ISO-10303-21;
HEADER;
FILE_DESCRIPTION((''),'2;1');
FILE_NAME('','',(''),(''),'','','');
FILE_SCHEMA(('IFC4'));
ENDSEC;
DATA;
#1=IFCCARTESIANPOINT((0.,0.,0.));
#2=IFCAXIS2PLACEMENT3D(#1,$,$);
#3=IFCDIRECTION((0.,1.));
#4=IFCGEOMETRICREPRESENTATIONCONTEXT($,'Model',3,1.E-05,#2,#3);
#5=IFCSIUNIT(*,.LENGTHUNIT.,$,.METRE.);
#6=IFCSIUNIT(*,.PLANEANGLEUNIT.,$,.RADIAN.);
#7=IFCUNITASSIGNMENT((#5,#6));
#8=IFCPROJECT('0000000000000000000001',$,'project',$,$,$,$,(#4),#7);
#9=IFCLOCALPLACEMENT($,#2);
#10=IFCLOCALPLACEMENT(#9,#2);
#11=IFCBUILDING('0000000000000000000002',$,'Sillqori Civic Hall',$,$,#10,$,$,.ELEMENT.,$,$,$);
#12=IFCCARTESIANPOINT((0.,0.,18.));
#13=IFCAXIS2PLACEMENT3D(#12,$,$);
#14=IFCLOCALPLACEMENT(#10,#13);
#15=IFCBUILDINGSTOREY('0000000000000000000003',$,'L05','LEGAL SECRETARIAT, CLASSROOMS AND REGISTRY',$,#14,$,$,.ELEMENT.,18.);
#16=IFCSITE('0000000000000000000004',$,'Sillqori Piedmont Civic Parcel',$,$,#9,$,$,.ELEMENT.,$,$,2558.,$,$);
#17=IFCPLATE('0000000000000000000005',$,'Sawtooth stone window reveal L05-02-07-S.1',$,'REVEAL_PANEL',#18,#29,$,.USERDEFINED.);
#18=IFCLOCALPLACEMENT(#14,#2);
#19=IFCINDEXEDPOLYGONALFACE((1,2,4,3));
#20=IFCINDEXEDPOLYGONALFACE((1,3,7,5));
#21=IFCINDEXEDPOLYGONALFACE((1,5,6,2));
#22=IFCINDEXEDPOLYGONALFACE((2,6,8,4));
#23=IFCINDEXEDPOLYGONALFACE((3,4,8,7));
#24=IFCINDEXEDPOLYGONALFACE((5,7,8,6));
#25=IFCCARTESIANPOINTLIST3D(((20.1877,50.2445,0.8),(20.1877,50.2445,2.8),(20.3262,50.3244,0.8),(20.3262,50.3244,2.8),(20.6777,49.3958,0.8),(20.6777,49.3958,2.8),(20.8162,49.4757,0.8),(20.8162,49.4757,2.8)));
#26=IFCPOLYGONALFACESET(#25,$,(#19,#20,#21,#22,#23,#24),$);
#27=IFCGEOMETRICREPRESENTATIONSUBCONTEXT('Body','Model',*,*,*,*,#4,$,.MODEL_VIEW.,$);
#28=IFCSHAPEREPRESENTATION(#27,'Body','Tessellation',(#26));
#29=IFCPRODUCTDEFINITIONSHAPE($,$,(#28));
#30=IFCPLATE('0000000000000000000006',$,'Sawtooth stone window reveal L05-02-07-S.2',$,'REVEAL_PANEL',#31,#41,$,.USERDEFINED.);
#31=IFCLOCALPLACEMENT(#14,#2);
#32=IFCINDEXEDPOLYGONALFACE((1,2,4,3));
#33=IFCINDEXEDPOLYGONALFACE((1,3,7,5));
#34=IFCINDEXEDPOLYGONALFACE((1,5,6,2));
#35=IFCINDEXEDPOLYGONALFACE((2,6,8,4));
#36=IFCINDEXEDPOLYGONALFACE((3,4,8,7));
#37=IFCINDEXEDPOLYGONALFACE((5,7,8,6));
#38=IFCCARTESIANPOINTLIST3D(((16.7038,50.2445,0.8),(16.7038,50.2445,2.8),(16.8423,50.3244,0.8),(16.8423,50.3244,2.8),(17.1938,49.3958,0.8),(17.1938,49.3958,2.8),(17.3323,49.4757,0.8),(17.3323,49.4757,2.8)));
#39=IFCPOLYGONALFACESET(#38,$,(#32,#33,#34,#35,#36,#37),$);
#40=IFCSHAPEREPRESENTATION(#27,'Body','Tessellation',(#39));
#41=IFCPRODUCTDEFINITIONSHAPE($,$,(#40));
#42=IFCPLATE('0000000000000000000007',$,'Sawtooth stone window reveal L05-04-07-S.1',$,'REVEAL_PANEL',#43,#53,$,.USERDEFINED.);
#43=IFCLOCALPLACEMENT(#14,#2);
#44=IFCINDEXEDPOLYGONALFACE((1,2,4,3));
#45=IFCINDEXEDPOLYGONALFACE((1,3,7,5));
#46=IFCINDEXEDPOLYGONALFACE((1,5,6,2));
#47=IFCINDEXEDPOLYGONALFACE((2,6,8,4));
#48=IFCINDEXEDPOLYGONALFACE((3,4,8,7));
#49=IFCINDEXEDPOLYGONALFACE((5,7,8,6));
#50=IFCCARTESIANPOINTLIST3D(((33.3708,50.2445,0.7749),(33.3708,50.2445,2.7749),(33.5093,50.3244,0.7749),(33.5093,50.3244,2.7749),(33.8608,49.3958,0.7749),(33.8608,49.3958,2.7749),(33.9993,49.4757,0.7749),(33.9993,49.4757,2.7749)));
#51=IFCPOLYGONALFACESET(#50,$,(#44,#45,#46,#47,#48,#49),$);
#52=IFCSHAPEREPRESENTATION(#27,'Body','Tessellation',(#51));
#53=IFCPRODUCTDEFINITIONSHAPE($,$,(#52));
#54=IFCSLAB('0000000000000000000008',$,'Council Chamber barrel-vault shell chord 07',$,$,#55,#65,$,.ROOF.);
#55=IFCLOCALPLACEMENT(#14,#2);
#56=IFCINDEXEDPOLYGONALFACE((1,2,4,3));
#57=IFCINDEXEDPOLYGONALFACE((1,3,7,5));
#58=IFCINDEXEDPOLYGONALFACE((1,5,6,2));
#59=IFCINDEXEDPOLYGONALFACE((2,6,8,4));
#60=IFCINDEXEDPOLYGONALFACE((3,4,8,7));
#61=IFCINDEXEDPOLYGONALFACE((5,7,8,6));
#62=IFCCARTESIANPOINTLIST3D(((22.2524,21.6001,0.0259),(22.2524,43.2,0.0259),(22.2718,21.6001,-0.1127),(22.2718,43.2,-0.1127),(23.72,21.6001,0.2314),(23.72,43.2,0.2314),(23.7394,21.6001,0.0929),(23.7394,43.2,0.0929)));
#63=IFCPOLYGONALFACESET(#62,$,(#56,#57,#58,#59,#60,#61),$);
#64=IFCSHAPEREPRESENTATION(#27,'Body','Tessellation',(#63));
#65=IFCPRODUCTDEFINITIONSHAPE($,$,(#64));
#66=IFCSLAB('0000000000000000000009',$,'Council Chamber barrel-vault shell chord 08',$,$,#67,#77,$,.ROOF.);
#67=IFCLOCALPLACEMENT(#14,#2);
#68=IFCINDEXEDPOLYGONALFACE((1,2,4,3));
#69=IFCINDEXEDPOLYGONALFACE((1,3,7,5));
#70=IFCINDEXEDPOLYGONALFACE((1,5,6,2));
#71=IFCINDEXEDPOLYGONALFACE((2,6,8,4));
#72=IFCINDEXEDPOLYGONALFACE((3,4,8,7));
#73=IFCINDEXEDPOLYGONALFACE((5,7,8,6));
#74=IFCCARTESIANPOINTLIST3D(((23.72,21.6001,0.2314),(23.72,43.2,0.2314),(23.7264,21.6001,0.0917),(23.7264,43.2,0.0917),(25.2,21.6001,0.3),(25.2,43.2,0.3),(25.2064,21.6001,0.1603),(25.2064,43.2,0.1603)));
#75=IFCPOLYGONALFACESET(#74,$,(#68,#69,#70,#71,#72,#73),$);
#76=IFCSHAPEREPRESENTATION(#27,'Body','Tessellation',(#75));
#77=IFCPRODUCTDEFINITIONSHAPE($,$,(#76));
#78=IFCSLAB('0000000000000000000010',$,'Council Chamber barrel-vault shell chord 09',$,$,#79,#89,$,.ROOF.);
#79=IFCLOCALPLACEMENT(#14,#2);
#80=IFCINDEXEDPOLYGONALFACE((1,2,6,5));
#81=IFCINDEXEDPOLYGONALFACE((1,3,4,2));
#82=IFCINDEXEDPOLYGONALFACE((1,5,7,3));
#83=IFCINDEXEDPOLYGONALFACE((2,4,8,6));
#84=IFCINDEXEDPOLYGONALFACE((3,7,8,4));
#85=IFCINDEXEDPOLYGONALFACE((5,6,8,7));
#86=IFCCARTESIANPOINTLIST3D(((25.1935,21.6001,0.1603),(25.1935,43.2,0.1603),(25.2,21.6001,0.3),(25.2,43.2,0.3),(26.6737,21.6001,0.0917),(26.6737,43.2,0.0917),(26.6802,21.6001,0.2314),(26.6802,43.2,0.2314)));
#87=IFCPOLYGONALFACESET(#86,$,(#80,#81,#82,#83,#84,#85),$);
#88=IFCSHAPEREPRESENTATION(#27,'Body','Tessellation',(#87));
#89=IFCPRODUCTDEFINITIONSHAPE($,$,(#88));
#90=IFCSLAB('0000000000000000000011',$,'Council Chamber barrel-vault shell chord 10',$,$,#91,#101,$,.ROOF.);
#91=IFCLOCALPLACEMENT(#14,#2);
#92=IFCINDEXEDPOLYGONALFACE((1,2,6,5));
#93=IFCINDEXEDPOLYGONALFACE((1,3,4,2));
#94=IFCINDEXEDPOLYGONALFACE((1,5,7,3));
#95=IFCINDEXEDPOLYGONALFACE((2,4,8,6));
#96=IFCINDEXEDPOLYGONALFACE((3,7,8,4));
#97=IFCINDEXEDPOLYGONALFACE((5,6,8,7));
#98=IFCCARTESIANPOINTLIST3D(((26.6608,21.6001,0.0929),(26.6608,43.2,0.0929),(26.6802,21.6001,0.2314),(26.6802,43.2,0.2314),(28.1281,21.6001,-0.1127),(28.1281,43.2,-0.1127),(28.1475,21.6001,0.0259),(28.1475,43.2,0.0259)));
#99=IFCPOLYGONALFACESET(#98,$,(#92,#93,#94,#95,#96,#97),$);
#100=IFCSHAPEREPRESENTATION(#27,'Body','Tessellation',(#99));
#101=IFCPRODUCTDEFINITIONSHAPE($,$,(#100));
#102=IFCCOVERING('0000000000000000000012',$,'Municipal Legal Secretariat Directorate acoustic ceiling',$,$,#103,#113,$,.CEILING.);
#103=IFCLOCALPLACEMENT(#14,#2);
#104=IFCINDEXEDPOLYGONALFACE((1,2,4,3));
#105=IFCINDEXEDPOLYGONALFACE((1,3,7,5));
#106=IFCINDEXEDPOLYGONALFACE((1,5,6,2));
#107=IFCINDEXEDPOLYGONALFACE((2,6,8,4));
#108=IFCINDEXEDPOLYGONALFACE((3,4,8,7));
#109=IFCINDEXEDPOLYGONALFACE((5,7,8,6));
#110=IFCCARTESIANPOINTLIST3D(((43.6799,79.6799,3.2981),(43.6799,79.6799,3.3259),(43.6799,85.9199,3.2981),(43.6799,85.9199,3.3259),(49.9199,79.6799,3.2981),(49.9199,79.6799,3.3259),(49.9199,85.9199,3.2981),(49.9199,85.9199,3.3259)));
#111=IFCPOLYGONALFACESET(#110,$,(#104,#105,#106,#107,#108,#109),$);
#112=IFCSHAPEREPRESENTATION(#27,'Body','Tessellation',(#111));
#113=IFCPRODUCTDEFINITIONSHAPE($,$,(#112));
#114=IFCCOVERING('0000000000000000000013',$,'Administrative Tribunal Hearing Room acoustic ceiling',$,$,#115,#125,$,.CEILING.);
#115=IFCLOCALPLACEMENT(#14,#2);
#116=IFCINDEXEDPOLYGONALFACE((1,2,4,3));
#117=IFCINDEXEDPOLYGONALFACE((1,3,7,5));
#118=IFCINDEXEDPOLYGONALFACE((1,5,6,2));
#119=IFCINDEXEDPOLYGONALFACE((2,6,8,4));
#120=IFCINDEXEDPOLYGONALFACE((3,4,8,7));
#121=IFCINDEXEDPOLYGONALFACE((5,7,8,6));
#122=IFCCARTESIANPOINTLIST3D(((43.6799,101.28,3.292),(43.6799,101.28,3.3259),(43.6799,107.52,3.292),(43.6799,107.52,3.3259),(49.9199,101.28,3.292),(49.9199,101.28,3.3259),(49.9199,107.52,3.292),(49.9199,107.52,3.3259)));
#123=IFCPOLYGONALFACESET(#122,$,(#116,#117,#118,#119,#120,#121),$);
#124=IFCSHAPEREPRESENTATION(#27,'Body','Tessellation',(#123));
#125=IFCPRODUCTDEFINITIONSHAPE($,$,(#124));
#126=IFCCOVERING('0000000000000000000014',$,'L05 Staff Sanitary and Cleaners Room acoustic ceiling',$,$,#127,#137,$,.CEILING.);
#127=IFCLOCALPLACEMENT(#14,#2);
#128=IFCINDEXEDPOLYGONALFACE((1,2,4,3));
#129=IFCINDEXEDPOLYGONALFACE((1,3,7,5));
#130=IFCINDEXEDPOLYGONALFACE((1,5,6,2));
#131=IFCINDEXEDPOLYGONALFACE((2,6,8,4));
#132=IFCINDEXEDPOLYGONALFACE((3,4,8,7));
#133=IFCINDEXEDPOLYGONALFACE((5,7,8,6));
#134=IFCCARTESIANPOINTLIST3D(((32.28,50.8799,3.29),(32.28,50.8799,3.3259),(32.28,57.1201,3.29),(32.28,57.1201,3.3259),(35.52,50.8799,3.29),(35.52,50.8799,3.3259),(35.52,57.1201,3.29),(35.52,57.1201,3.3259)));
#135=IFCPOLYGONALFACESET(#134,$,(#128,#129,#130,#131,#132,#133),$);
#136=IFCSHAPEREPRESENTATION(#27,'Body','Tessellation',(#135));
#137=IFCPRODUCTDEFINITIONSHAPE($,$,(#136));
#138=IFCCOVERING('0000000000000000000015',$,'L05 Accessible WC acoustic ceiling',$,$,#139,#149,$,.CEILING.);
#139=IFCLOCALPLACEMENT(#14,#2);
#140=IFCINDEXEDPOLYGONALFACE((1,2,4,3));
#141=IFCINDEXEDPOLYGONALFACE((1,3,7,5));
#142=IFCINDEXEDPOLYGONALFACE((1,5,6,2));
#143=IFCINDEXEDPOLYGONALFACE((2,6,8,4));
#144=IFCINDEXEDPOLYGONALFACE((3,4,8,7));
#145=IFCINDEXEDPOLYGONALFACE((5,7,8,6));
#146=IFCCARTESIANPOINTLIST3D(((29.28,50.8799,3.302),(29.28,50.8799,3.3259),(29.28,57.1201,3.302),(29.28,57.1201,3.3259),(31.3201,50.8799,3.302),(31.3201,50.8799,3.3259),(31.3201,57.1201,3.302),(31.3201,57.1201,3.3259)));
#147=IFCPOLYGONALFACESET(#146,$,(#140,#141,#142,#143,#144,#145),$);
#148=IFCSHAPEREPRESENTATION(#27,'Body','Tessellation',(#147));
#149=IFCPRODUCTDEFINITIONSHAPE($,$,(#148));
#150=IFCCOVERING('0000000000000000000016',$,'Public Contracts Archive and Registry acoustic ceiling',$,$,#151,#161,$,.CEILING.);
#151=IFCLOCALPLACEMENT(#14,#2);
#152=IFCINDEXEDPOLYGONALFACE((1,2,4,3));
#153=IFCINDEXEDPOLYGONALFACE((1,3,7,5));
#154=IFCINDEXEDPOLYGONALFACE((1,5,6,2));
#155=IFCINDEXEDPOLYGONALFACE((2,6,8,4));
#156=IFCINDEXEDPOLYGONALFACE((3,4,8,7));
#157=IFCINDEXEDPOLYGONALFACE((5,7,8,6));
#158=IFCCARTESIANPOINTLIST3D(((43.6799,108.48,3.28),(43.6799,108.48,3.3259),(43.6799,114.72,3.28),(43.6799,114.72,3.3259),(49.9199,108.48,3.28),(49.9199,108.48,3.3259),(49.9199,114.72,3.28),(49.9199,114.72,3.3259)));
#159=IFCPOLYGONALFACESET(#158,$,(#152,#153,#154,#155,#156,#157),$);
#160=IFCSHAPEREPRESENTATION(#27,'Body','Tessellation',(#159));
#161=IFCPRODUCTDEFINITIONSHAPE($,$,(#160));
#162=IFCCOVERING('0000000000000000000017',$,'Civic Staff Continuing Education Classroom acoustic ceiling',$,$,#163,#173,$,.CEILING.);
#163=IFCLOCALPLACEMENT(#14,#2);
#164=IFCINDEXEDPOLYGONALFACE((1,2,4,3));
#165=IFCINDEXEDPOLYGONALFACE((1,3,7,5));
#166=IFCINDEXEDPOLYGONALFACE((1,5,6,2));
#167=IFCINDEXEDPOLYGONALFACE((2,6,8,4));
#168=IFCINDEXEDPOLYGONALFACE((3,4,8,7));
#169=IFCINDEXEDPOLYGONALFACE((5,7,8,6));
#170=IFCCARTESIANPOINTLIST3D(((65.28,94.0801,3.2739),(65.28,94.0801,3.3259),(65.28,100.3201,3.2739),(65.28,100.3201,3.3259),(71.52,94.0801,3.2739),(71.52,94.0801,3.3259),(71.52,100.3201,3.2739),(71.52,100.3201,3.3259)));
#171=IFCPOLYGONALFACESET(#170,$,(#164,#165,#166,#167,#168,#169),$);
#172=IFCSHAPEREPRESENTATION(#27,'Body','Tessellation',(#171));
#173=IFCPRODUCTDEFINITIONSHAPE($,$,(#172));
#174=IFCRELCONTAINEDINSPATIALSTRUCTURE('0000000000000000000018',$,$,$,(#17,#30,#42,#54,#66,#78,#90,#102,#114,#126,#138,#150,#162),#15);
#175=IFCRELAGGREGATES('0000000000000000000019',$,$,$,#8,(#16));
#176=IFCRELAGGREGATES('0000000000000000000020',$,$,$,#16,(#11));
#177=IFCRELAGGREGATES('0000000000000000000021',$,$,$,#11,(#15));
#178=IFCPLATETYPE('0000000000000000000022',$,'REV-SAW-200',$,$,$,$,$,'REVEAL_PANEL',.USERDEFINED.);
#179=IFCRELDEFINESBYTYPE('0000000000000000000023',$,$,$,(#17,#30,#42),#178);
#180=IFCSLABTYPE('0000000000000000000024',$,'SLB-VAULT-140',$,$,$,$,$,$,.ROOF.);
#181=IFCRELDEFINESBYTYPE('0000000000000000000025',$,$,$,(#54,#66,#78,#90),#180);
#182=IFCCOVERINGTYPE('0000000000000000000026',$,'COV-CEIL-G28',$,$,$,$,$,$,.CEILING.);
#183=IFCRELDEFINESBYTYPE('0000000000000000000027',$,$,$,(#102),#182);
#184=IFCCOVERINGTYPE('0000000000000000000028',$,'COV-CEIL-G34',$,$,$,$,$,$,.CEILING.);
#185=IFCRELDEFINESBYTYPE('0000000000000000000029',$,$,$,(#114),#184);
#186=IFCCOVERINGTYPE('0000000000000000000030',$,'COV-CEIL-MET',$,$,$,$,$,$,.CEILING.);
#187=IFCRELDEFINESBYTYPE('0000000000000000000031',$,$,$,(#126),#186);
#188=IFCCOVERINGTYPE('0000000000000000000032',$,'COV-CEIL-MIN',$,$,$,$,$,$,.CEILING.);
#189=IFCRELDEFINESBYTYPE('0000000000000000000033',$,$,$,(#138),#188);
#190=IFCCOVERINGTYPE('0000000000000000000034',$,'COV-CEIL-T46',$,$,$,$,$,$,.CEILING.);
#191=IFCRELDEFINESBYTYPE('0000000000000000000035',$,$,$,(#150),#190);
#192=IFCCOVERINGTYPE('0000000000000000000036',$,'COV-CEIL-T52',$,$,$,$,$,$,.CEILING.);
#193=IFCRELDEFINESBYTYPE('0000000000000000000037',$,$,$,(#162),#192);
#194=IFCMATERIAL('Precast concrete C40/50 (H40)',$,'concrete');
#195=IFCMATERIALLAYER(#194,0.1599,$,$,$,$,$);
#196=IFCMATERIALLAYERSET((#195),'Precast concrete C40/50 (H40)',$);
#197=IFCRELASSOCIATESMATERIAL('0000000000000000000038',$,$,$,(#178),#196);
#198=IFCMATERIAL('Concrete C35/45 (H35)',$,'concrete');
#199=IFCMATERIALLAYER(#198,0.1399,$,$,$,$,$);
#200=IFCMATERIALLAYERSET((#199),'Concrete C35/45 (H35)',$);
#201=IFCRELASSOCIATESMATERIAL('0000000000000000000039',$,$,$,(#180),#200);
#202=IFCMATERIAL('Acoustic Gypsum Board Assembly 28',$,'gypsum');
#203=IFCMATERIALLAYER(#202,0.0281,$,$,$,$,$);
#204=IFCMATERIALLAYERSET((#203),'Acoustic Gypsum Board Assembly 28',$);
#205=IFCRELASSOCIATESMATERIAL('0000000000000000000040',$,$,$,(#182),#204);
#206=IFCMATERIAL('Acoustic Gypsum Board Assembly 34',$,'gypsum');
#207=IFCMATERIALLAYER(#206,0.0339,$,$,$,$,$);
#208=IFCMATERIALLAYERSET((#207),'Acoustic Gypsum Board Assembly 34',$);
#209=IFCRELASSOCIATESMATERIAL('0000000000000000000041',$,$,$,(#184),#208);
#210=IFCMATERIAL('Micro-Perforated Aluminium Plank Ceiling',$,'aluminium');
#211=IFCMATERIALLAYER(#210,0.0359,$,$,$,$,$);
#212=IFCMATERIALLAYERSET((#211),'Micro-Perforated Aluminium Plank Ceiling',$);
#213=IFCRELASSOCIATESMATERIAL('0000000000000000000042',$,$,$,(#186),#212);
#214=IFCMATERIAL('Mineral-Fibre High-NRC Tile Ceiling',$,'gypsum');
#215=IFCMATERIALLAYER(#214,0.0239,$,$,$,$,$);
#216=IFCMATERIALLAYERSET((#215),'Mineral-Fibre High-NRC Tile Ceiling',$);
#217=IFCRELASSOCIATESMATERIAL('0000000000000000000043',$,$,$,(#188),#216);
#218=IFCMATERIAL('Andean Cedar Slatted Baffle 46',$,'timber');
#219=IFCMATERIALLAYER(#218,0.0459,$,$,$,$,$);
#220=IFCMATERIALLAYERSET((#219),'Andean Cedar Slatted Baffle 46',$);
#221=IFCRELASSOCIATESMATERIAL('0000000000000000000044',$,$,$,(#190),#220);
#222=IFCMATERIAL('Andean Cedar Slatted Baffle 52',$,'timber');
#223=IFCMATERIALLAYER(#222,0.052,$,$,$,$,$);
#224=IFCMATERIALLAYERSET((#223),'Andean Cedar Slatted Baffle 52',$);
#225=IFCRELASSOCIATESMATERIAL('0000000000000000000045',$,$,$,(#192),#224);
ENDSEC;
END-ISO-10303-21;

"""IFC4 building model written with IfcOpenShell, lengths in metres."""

from ifc_helpers import new_model, si_unit, direction, frame, origin, origin_2d, place, context, subcontext, project, spatial, polyline, rectangle, outline, extrude, material, layer, layer_set, type_object, element, save


model = new_model("IFC4")

# Units and contexts
model_context = context("Model", 3, precision=1e-05, world=origin(), true_north=direction((0.0, 1.0)))
body_context = subcontext(model_context, "Body", "Model", "MODEL_VIEW")
ifc_project = project(units=[si_unit("LENGTHUNIT", "METRE"), si_unit("PLANEANGLEUNIT", "RADIAN")], contexts=[model_context])

# Site, building, storey
site_placement = place(None, origin())
site = spatial("IfcSite", under=ifc_project, at=site_placement, Name="Sillqori Piedmont Civic Parcel", CompositionType="ELEMENT", RefElevation=2558.0)
building_placement = place(site_placement, origin())
building = spatial("IfcBuilding", under=site, at=building_placement, Name="Sillqori Civic Hall", CompositionType="ELEMENT")
storey_placement = place(building_placement, frame((0.0, 0.0, 18.0)))
storey = spatial("IfcBuildingStorey", under=building, at=storey_placement, Name="L05", Description="LEGAL SECRETARIAT, CLASSROOMS AND REGISTRY", CompositionType="ELEMENT", Elevation=18.0)

# Plates
ifc_material_1 = material(Name="Precast concrete C40/50 (H40)", Category="concrete")
ifc_layer_1 = layer(ifc_material_1, 0.1599)
ifc_layer_set_1 = layer_set([ifc_layer_1], Name="Precast concrete C40/50 (H40)")
plate_type = type_object("IfcPlateType", Name="REV-SAW-200", ElementType="REVEAL_PANEL", PredefinedType="USERDEFINED", material=ifc_layer_set_1)
for number, where, z_axis, x_axis, name in (
    (1, (20.502, 49.8601, 0.8), (0.0, 0.0, 1.0), (-0.866025, -0.5, 0.0), "Sawtooth stone window reveal L05-02-07-S.1"),
    (2, (17.0181, 49.8601, 0.8), (0.0, 0.0, 1.0), (-0.866025, -0.5, 0.0), "Sawtooth stone window reveal L05-02-07-S.2"),
    (3, (33.6851, 49.8601, 0.7749), (0.0, 0.0, 1.0), (-0.866025, -0.5, 0.0), "Sawtooth stone window reveal L05-04-07-S.1"),
):
    element("IfcPlate", number, at=place(storey_placement, frame(where, z_axis=z_axis, x_axis=x_axis)), inside=storey, type_object=plate_type, Name=name, ObjectType="REVEAL_PANEL", PredefinedType="USERDEFINED", context=body_context, shape_type="SweptSolid", body=[
        extrude(rectangle(XDim=0.1599, YDim=0.98, at=origin_2d()), origin(), (0.0, 0.0, 1.0), 2.0),
    ])

# Slabs
ifc_material_2 = material(Name="Concrete C35/45 (H35)", Category="concrete")
ifc_layer_2 = layer(ifc_material_2, 0.1399)
ifc_layer_set_2 = layer_set([ifc_layer_2], Name="Concrete C35/45 (H35)")
slab_type = type_object("IfcSlabType", Name="SLB-VAULT-140", PredefinedType="ROOF", material=ifc_layer_set_2)
slab_1_placement = place(storey_placement, frame((22.2524, 21.6001, 0.0259), z_axis=(-0.138722, 0.0, 0.990331), x_axis=(0.990331, 0.0, 0.138722)))
element("IfcSlab", 4, at=slab_1_placement, inside=storey, type_object=slab_type, Name="Council Chamber barrel-vault shell chord 07", PredefinedType="ROOF", context=body_context, shape_type="SweptSolid", body=[
    extrude(outline(polyline([(0.0, 0.0), (1.4819, 0.0), (1.4819, 21.5999), (0.0, 21.5999), (0.0, 0.0)])), origin(), (0.0, 0.0, -1.0), 0.1399),
])
slab_2_placement = place(storey_placement, frame((23.72, 21.6001, 0.2314), z_axis=(-0.046305, 0.0, 0.998927), x_axis=(0.998927, 0.0, 0.046305)))
element("IfcSlab", 5, at=slab_2_placement, inside=storey, type_object=slab_type, Name="Council Chamber barrel-vault shell chord 08", PredefinedType="ROOF", context=body_context, shape_type="SweptSolid", body=[
    extrude(outline(polyline([(0.0, 0.0), (1.4816, 0.0), (1.4816, 21.5999), (0.0, 21.5999), (0.0, 0.0)])), origin(), (0.0, 0.0, -1.0), 0.1399),
])
slab_3_placement = place(storey_placement, frame((25.2, 21.6001, 0.3), z_axis=(0.046297, 0.0, 0.998928), x_axis=(0.998928, 0.0, -0.046297)))
element("IfcSlab", 6, at=slab_3_placement, inside=storey, type_object=slab_type, Name="Council Chamber barrel-vault shell chord 09", PredefinedType="ROOF", context=body_context, shape_type="SweptSolid", body=[
    extrude(outline(polyline([(0.0, 0.0), (1.4818, 0.0), (1.4818, 21.5999), (0.0, 21.5999), (0.0, 0.0)])), origin(), (0.0, 0.0, -1.0), 0.1399),
])
slab_4_placement = place(storey_placement, frame((26.6802, 21.6001, 0.2314), z_axis=(0.138745, 0.0, 0.990328), x_axis=(0.990328, 0.0, -0.138745)))
element("IfcSlab", 7, at=slab_4_placement, inside=storey, type_object=slab_type, Name="Council Chamber barrel-vault shell chord 10", PredefinedType="ROOF", context=body_context, shape_type="SweptSolid", body=[
    extrude(outline(polyline([(0.0, 0.0), (1.4816, 0.0), (1.4816, 21.5999), (0.0, 21.5999), (0.0, 0.0)])), origin(), (0.0, 0.0, -1.0), 0.1399),
])

# Coverings
ifc_material_3 = material(Name="Acoustic Gypsum Board Assembly 28", Category="gypsum")
ifc_layer_3 = layer(ifc_material_3, 0.0281)
ifc_layer_set_3 = layer_set([ifc_layer_3], Name="Acoustic Gypsum Board Assembly 28")
covering_type_1 = type_object("IfcCoveringType", Name="COV-CEIL-G28", PredefinedType="CEILING", material=ifc_layer_set_3)
covering_1_placement = place(storey_placement, frame((0.0, 0.0, 3.2981)))
element("IfcCovering", 8, at=covering_1_placement, inside=storey, type_object=covering_type_1, Name="Municipal Legal Secretariat Directorate acoustic ceiling", PredefinedType="CEILING", context=body_context, shape_type="SweptSolid", body=[
    extrude(outline(polyline([(43.6799, 79.6799), (49.9199, 79.6799), (49.9199, 85.9199), (43.6799, 85.9199), (43.6799, 79.6799)])), origin(), (0.0, 0.0, 1.0), 0.0278),
])
ifc_material_4 = material(Name="Acoustic Gypsum Board Assembly 34", Category="gypsum")
ifc_layer_4 = layer(ifc_material_4, 0.0339)
ifc_layer_set_4 = layer_set([ifc_layer_4], Name="Acoustic Gypsum Board Assembly 34")
covering_type_2 = type_object("IfcCoveringType", Name="COV-CEIL-G34", PredefinedType="CEILING", material=ifc_layer_set_4)
covering_2_placement = place(storey_placement, frame((0.0, 0.0, 3.292)))
element("IfcCovering", 9, at=covering_2_placement, inside=storey, type_object=covering_type_2, Name="Administrative Tribunal Hearing Room acoustic ceiling", PredefinedType="CEILING", context=body_context, shape_type="SweptSolid", body=[
    extrude(outline(polyline([(43.6799, 101.28), (49.9199, 101.28), (49.9199, 107.52), (43.6799, 107.52), (43.6799, 101.28)])), origin(), (0.0, 0.0, 1.0), 0.0339),
])
ifc_material_5 = material(Name="Micro-Perforated Aluminium Plank Ceiling", Category="aluminium")
ifc_layer_5 = layer(ifc_material_5, 0.0359)
ifc_layer_set_5 = layer_set([ifc_layer_5], Name="Micro-Perforated Aluminium Plank Ceiling")
covering_type_3 = type_object("IfcCoveringType", Name="COV-CEIL-MET", PredefinedType="CEILING", material=ifc_layer_set_5)
covering_3_placement = place(storey_placement, frame((0.0, 0.0, 3.29)))
element("IfcCovering", 10, at=covering_3_placement, inside=storey, type_object=covering_type_3, Name="L05 Staff Sanitary and Cleaners Room acoustic ceiling", PredefinedType="CEILING", context=body_context, shape_type="SweptSolid", body=[
    extrude(outline(polyline([(32.28, 50.8799), (35.52, 50.8799), (35.52, 57.1201), (32.28, 57.1201), (32.28, 50.8799)])), origin(), (0.0, 0.0, 1.0), 0.0359),
])
ifc_material_6 = material(Name="Mineral-Fibre High-NRC Tile Ceiling", Category="gypsum")
ifc_layer_6 = layer(ifc_material_6, 0.0239)
ifc_layer_set_6 = layer_set([ifc_layer_6], Name="Mineral-Fibre High-NRC Tile Ceiling")
covering_type_4 = type_object("IfcCoveringType", Name="COV-CEIL-MIN", PredefinedType="CEILING", material=ifc_layer_set_6)
covering_4_placement = place(storey_placement, frame((0.0, 0.0, 3.302)))
element("IfcCovering", 11, at=covering_4_placement, inside=storey, type_object=covering_type_4, Name="L05 Accessible WC acoustic ceiling", PredefinedType="CEILING", context=body_context, shape_type="SweptSolid", body=[
    extrude(outline(polyline([(29.28, 50.8799), (31.3201, 50.8799), (31.3201, 57.1201), (29.28, 57.1201), (29.28, 50.8799)])), origin(), (0.0, 0.0, 1.0), 0.0239),
])
ifc_material_7 = material(Name="Andean Cedar Slatted Baffle 46", Category="timber")
ifc_layer_7 = layer(ifc_material_7, 0.0459)
ifc_layer_set_7 = layer_set([ifc_layer_7], Name="Andean Cedar Slatted Baffle 46")
covering_type_5 = type_object("IfcCoveringType", Name="COV-CEIL-T46", PredefinedType="CEILING", material=ifc_layer_set_7)
covering_5_placement = place(storey_placement, frame((0.0, 0.0, 3.28)))
element("IfcCovering", 12, at=covering_5_placement, inside=storey, type_object=covering_type_5, Name="Public Contracts Archive and Registry acoustic ceiling", PredefinedType="CEILING", context=body_context, shape_type="SweptSolid", body=[
    extrude(outline(polyline([(43.6799, 108.48), (49.9199, 108.48), (49.9199, 114.72), (43.6799, 114.72), (43.6799, 108.48)])), origin(), (0.0, 0.0, 1.0), 0.0459),
])
ifc_material_8 = material(Name="Andean Cedar Slatted Baffle 52", Category="timber")
ifc_layer_8 = layer(ifc_material_8, 0.052)
ifc_layer_set_8 = layer_set([ifc_layer_8], Name="Andean Cedar Slatted Baffle 52")
covering_type_6 = type_object("IfcCoveringType", Name="COV-CEIL-T52", PredefinedType="CEILING", material=ifc_layer_set_8)
covering_6_placement = place(storey_placement, frame((0.0, 0.0, 3.2739)))
element("IfcCovering", 13, at=covering_6_placement, inside=storey, type_object=covering_type_6, Name="Civic Staff Continuing Education Classroom acoustic ceiling", PredefinedType="CEILING", context=body_context, shape_type="SweptSolid", body=[
    extrude(outline(polyline([(65.28, 94.0801), (71.52, 94.0801), (71.52, 100.3201), (65.28, 100.3201), (65.28, 94.0801)])), origin(), (0.0, 0.0, 1.0), 0.052),
])

save(model, "model.ifc")
